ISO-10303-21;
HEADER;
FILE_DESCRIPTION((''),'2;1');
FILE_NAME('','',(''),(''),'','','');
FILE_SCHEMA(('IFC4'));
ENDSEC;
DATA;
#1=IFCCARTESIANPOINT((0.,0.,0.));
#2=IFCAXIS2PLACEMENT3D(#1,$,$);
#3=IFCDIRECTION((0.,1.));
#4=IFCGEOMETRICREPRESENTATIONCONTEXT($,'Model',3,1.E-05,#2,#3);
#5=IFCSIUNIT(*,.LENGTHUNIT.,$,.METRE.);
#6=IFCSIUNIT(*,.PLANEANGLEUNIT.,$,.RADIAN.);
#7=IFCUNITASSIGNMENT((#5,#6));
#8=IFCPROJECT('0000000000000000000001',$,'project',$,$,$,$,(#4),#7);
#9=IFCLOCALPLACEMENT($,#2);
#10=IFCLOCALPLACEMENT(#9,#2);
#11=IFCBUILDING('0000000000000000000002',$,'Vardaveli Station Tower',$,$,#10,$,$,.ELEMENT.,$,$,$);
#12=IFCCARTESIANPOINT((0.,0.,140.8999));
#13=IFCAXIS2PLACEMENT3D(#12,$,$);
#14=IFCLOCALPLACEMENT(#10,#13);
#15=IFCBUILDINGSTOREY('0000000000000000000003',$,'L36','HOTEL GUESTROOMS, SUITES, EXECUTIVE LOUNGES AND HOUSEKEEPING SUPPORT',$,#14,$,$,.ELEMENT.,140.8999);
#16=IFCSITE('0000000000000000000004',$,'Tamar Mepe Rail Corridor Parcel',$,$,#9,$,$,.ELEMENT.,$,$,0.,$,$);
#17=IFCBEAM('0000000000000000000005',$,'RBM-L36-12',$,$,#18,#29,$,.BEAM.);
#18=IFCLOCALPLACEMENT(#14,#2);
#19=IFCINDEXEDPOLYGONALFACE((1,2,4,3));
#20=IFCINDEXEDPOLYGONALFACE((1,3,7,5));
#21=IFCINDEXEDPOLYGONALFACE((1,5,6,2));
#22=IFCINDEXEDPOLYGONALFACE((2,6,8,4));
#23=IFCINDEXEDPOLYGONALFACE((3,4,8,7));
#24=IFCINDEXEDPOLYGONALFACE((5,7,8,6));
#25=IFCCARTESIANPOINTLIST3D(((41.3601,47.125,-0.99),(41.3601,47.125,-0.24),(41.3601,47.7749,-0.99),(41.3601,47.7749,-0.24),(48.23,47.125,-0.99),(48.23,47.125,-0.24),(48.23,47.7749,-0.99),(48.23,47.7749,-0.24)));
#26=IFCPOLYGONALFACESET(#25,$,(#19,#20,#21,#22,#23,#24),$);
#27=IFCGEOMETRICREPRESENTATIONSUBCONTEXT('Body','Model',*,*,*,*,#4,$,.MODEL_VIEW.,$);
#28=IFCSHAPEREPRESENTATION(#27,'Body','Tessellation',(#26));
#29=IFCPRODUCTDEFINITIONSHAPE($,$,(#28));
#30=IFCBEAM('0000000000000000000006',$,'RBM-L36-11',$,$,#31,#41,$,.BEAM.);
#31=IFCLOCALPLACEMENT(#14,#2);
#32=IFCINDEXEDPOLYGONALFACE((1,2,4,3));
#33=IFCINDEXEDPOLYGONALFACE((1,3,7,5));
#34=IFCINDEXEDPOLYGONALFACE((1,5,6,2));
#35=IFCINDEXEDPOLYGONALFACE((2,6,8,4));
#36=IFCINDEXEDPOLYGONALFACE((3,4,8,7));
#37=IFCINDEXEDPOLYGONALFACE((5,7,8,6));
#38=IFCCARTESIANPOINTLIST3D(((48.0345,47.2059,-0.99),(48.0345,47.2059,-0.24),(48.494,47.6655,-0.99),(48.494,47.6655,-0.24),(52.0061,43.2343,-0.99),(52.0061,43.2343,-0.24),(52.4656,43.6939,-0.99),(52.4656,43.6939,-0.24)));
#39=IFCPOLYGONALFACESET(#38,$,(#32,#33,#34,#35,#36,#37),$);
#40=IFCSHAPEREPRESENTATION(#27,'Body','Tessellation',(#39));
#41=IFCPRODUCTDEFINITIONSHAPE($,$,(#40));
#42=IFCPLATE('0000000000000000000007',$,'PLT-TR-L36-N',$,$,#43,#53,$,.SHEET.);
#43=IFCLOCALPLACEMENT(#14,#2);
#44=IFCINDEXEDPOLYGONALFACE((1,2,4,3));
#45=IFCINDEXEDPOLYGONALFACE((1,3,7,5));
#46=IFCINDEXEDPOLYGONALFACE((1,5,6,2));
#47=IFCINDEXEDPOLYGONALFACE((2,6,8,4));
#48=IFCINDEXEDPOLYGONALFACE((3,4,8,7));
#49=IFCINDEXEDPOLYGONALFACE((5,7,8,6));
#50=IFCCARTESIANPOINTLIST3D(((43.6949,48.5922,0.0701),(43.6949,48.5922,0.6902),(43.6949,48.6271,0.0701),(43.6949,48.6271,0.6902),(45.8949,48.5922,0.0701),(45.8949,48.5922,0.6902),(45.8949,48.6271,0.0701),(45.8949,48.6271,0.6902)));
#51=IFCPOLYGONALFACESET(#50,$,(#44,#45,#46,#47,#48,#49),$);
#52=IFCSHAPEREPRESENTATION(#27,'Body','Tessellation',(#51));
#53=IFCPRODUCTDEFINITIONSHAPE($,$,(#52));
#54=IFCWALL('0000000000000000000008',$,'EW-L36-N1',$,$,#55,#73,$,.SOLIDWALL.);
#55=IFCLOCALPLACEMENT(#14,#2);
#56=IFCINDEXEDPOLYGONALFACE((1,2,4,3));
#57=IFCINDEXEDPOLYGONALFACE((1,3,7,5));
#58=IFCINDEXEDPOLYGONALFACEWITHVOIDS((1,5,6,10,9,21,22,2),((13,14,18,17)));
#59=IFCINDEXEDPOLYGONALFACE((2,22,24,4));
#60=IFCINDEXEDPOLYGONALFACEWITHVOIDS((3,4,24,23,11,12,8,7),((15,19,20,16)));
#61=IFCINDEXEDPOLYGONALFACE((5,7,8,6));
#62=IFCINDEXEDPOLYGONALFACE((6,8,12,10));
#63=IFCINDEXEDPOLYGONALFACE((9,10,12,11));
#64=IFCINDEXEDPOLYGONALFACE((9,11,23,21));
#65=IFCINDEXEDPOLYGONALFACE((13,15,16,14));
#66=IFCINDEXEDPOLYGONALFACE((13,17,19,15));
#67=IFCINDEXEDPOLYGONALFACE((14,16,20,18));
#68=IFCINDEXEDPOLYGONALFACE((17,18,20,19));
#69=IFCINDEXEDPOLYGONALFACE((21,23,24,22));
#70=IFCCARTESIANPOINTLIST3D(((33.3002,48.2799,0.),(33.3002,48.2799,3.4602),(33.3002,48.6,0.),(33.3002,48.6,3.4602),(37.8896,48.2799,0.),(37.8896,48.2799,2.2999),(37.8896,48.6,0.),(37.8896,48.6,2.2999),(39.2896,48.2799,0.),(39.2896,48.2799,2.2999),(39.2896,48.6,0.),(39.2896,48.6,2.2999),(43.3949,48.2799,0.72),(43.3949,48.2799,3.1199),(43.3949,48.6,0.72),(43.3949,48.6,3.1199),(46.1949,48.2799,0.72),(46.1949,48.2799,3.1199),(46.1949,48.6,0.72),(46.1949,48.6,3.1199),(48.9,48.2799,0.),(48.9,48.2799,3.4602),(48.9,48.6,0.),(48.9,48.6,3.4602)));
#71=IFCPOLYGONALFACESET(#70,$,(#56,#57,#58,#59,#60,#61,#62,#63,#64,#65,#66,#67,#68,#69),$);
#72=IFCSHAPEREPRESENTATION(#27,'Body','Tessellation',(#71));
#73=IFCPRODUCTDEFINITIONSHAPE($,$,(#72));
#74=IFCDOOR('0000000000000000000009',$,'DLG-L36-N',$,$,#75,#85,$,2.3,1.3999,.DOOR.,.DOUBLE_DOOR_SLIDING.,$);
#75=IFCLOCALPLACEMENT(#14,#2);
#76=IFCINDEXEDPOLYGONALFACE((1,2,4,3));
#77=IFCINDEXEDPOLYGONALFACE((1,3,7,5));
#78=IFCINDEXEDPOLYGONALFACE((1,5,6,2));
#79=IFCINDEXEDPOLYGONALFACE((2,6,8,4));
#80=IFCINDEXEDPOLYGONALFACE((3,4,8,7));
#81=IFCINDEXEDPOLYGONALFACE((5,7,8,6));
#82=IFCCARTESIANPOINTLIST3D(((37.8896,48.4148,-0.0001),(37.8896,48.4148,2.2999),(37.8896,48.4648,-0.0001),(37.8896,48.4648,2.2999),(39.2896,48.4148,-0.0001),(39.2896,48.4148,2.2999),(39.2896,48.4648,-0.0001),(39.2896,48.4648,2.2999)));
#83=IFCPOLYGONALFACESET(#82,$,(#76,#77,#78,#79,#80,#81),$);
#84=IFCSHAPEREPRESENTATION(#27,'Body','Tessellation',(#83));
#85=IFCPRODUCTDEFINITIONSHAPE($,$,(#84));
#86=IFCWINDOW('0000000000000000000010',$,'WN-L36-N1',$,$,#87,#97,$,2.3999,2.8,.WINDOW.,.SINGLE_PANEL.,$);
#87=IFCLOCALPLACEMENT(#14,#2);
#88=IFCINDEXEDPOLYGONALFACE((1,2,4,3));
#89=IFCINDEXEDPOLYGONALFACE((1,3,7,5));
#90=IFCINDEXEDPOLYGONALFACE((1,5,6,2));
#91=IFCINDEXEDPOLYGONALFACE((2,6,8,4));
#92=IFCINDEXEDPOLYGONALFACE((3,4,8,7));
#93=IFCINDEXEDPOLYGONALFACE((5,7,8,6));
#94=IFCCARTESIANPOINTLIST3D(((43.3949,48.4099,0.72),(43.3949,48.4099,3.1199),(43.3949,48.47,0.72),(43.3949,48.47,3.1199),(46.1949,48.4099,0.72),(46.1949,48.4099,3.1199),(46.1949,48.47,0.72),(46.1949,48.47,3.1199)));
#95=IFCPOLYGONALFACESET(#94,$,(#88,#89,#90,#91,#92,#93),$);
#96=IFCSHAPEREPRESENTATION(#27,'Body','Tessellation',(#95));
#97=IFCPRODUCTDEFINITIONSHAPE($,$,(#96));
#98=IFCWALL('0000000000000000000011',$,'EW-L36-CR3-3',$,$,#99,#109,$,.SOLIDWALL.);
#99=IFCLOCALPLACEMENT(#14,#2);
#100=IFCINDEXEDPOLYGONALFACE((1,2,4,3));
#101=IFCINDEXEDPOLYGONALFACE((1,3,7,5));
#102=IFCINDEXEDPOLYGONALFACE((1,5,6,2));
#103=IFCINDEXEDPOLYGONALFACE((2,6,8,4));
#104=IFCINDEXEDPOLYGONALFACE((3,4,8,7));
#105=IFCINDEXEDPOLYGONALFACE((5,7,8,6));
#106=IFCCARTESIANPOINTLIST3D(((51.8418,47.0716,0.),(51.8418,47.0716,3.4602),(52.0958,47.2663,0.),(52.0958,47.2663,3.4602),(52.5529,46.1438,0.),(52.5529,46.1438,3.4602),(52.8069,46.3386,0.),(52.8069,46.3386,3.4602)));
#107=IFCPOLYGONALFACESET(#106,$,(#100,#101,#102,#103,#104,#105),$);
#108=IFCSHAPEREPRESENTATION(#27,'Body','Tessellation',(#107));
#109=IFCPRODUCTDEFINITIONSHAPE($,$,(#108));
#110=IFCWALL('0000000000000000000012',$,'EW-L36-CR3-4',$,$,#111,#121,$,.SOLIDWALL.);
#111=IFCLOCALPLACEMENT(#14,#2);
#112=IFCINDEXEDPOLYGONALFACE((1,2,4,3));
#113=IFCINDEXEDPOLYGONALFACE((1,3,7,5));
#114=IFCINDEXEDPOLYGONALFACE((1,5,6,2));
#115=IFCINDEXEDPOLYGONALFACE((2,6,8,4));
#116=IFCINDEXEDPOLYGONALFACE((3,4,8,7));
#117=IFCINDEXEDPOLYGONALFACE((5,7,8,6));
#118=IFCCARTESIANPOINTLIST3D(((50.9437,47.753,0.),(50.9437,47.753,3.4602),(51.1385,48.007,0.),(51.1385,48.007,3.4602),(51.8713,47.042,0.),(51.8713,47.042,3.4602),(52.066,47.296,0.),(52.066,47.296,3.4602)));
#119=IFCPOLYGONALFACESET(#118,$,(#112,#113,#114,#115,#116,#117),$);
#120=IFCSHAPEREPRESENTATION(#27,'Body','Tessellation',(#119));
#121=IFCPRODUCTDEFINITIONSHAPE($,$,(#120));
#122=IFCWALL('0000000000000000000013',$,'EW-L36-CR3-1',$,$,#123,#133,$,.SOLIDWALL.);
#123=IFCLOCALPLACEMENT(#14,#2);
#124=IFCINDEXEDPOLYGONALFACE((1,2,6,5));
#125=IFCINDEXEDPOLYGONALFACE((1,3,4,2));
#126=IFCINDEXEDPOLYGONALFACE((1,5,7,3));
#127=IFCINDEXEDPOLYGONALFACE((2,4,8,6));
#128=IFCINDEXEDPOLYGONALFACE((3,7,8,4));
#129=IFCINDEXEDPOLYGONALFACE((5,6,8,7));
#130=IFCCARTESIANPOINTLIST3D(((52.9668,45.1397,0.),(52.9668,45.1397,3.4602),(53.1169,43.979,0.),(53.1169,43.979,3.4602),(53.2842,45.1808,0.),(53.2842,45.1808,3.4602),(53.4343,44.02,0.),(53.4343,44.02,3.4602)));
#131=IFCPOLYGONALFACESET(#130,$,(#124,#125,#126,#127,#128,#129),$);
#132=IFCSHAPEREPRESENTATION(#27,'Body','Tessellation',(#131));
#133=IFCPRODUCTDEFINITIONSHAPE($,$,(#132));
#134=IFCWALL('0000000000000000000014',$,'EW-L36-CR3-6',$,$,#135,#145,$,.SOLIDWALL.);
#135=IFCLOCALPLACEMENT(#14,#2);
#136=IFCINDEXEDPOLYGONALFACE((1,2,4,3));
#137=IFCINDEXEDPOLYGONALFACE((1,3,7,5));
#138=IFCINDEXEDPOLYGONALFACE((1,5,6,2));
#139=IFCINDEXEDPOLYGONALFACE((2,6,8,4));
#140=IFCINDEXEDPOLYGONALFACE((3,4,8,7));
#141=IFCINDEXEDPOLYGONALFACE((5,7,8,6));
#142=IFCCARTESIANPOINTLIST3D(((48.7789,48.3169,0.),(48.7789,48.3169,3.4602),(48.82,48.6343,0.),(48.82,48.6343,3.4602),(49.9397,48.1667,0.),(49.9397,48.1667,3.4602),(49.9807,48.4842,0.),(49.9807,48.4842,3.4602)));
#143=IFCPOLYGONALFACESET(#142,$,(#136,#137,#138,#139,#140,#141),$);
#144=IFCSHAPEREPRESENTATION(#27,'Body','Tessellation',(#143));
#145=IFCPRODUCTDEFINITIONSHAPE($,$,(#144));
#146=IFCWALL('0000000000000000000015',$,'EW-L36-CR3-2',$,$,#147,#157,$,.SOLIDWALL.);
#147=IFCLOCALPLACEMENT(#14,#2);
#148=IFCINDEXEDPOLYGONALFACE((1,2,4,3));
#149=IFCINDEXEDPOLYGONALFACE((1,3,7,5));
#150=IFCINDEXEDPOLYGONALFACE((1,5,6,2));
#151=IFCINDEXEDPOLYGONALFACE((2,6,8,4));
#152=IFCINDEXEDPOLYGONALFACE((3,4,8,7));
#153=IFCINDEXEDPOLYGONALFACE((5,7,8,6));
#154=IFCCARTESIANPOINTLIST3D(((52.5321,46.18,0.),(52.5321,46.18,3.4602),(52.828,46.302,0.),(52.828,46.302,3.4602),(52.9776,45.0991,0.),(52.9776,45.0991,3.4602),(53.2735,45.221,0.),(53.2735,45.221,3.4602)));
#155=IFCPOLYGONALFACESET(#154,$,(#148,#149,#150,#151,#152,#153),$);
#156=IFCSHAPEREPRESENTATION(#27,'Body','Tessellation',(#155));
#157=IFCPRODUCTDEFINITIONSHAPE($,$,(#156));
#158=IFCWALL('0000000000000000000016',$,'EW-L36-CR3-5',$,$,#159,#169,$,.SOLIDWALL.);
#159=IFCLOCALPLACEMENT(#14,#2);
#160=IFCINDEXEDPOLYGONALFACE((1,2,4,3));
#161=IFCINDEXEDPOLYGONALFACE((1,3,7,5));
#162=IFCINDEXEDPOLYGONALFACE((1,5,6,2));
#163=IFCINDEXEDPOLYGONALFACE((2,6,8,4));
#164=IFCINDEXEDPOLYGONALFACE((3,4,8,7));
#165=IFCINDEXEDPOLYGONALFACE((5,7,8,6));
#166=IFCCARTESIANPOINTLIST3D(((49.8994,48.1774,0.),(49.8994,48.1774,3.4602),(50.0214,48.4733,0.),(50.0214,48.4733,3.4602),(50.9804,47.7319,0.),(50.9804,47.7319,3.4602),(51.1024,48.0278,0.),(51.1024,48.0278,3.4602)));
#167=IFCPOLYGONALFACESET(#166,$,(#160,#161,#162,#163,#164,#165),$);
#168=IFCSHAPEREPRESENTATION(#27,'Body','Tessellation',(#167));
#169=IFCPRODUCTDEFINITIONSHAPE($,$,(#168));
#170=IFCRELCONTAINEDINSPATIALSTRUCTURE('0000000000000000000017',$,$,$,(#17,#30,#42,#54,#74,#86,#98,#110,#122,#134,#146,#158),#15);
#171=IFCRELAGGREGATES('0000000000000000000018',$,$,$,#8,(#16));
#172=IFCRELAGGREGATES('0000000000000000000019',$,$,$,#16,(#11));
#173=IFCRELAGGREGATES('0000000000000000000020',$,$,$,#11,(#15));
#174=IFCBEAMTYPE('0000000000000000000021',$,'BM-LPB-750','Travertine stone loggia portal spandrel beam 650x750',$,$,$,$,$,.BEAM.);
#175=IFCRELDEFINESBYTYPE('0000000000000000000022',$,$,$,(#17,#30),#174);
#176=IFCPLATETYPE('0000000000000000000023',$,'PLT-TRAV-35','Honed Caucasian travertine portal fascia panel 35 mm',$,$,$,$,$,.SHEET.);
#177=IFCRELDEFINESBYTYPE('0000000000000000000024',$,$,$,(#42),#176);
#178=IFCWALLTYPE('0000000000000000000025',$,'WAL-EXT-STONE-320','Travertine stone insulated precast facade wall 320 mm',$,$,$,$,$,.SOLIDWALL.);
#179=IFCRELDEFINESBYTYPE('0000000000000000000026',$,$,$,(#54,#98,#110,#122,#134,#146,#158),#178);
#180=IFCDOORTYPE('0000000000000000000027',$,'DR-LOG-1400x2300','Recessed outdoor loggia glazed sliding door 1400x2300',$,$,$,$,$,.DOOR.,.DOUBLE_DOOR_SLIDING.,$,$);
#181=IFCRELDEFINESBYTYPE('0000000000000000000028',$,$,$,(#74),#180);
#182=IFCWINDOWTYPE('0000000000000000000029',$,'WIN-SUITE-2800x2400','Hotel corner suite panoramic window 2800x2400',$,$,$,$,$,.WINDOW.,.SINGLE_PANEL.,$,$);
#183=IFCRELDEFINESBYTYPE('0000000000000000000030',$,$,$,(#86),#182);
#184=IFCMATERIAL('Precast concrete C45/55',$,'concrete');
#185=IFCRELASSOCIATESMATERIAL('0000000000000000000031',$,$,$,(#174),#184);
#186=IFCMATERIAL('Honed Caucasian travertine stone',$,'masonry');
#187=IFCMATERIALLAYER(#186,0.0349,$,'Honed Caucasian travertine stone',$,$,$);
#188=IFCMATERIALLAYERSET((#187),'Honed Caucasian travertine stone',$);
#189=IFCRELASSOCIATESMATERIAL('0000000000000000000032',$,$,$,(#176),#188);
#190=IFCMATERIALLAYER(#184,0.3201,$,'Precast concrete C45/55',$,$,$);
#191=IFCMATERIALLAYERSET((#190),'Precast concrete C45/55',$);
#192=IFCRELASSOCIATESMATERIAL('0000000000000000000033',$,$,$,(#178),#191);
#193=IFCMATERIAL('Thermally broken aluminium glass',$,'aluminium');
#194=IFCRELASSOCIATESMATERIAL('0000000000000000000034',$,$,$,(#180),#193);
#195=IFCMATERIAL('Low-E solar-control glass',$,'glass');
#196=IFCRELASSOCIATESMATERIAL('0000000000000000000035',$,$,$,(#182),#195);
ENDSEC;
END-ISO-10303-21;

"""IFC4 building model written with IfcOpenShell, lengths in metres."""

from ifc_helpers import new_model, si_unit, direction, frame, frame_2d, origin, origin_2d, place, context, subcontext, project, spatial, rectangle, extrude, source, transform, mapped, material, layer, layer_set, material_profile, profile_set, type_object, element, fill, save


model = new_model("IFC4")

# Units and contexts
model_context = context("Model", 3, precision=1e-05, world=origin(), true_north=direction((0.0, 1.0)))
body_context = subcontext(model_context, "Body", "Model", "MODEL_VIEW")
ifc_project = project(units=[si_unit("LENGTHUNIT", "METRE"), si_unit("PLANEANGLEUNIT", "RADIAN")], contexts=[model_context])

# Site, building, storey
site_placement = place(None, origin())
site = spatial("IfcSite", under=ifc_project, at=site_placement, Name="Tamar Mepe Rail Corridor Parcel", CompositionType="ELEMENT", RefElevation=0.0)
building_placement = place(site_placement, origin())
building = spatial("IfcBuilding", under=site, at=building_placement, Name="Vardaveli Station Tower", CompositionType="ELEMENT")
storey_placement = place(building_placement, frame((0.0, 0.0, 140.8999)))
storey = spatial("IfcBuildingStorey", under=building, at=storey_placement, Name="L36", Description="HOTEL GUESTROOMS, SUITES, EXECUTIVE LOUNGES AND HOUSEKEEPING SUPPORT", CompositionType="ELEMENT", Elevation=140.8999)

# Beams
ifc_material_1 = material(Name="Precast concrete C45/55", Category="concrete")
ifc_material_profile_1 = material_profile(ifc_material_1, rectangle(XDim=0.6499, YDim=0.75, at=origin_2d()), Name="LPB 650x750")
ifc_profile_set_1 = profile_set([ifc_material_profile_1], Name="Precast concrete C45/55")
beam_type = type_object("IfcBeamType", Name="BM-LPB-750", Description="Travertine stone loggia portal spandrel beam 650x750", PredefinedType="BEAM", material=ifc_profile_set_1)
shared_shape_1 = source(origin(), body_context, "Body", "SweptSolid", [
    extrude(rectangle(XDim=0.6499, YDim=0.75, at=origin_2d()), origin(), (0.0, 0.0, 1.0), 6.8699),
])
for number, where, z_axis, x_axis, name in (
    (1, (48.23, 47.45, -0.615), (-1.0, 0.0, 0.0), (0.0, -1.0, 0.0), "RBM-L36-12"),
):
    element("IfcBeam", number, at=place(storey_placement, frame(where, z_axis=z_axis, x_axis=x_axis)), inside=storey, type_object=beam_type, Name=name, PredefinedType="BEAM", context=body_context, shape_type="MappedRepresentation", body=[
        mapped(shared_shape_1, transform((0.0, 0.0, 0.0), scale=1.0)),
    ])
shared_shape_2 = source(origin(), body_context, "Body", "SweptSolid", [
    extrude(rectangle(XDim=0.6499, YDim=0.75, at=origin_2d()), origin(), (0.0, 0.0, 1.0), 5.6167),
])
beam_placement = place(storey_placement, frame((52.2358, 43.4641, -0.615), z_axis=(-0.707107, 0.707107, 0.0), x_axis=(-0.707107, -0.707107, 0.0)))
element("IfcBeam", 2, at=beam_placement, inside=storey, type_object=beam_type, Name="RBM-L36-11", PredefinedType="BEAM", context=body_context, shape_type="MappedRepresentation", body=[
    mapped(shared_shape_2, transform((0.0, 0.0, 0.0), scale=1.0)),
])

# Plate
ifc_material_2 = material(Name="Honed Caucasian travertine stone", Category="masonry")
ifc_layer_1 = layer(ifc_material_2, 0.0349, Name="Honed Caucasian travertine stone")
ifc_layer_set_1 = layer_set([ifc_layer_1], Name="Honed Caucasian travertine stone")
plate_type = type_object("IfcPlateType", Name="PLT-TRAV-35", Description="Honed Caucasian travertine portal fascia panel 35 mm", PredefinedType="SHEET", material=ifc_layer_set_1)
shared_shape_3 = source(origin(), body_context, "Body", "SweptSolid", [
    extrude(rectangle(XDim=2.2, YDim=0.0349, at=origin_2d()), origin(), (0.0, 0.0, 1.0), 0.6201),
])
plate_placement = place(storey_placement, frame((44.7949, 48.6096, 0.0701), z_axis=(0.0, 0.0, 1.0), x_axis=(1.0, 0.0, 0.0)))
element("IfcPlate", 3, at=plate_placement, inside=storey, type_object=plate_type, Name="PLT-TR-L36-N", PredefinedType="SHEET", context=body_context, shape_type="MappedRepresentation", body=[
    mapped(shared_shape_3, transform((0.0, 0.0, 0.0), scale=1.0)),
])

# Wall, openings, door, window
ifc_layer_2 = layer(ifc_material_1, 0.3201, Name="Precast concrete C45/55")
ifc_layer_set_2 = layer_set([ifc_layer_2], Name="Precast concrete C45/55")
wall_type_1 = type_object("IfcWallType", Name="WAL-EXT-STONE-320", Description="Travertine stone insulated precast facade wall 320 mm", PredefinedType="SOLIDWALL", material=ifc_layer_set_2)
shared_shape_4 = source(origin(), body_context, "Body", "SweptSolid", [
    extrude(rectangle(XDim=15.5999, YDim=0.3201, at=frame_2d((7.7998, 0.0))), origin(), (0.0, 0.0, 1.0), 3.4602),
])
wall_1_placement = place(storey_placement, frame((48.8999, 48.4399, 0.0), z_axis=(0.0, 0.0, 1.0), x_axis=(-1.0, 0.0, 0.0)))
wall_1 = element("IfcWall", 4, at=wall_1_placement, inside=storey, type_object=wall_type_1, Name="EW-L36-N1", PredefinedType="SOLIDWALL", context=body_context, shape_type="MappedRepresentation", body=[
    mapped(shared_shape_4, transform((0.0, 0.0, 0.0), scale=1.0)),
])
shared_shape_5 = source(origin(), body_context, "Body", "SweptSolid", [
    extrude(rectangle(XDim=1.3999, YDim=2.3, at=frame_2d((0.7, 1.1499))), frame((0.0, 0.1699, 0.0), z_axis=(0.0, -1.0, 0.0), x_axis=(1.0, 0.0, 0.0)), (0.0, 0.0, 1.0), 0.3401),
])
opening_1_placement = place(wall_1_placement, frame((9.6104, 0.0, 0.0)))
opening_1 = element("IfcOpeningElement", 5, at=opening_1_placement, cuts=wall_1, PredefinedType="OPENING", context=body_context, shape_type="MappedRepresentation", body=[
    mapped(shared_shape_5, transform((0.0, 0.0, 0.0), scale=1.0)),
])
shared_shape_6 = source(origin(), body_context, "Body", "SweptSolid", [
    extrude(rectangle(XDim=2.8, YDim=2.3999, at=frame_2d((1.3999, 1.2))), frame((0.0, 0.1699, 0.0), z_axis=(0.0, -1.0, 0.0), x_axis=(1.0, 0.0, 0.0)), (0.0, 0.0, 1.0), 0.3401),
])
opening_2_placement = place(wall_1_placement, frame((2.7051, 0.0, 0.72)))
opening_2 = element("IfcOpeningElement", 6, at=opening_2_placement, cuts=wall_1, PredefinedType="OPENING", context=body_context, shape_type="MappedRepresentation", body=[
    mapped(shared_shape_6, transform((0.0, 0.0, 0.0), scale=1.0)),
])
ifc_material_3 = material(Name="Thermally broken aluminium glass", Category="aluminium")
door_type = type_object("IfcDoorType", Name="DR-LOG-1400x2300", Description="Recessed outdoor loggia glazed sliding door 1400x2300", OperationType="DOUBLE_DOOR_SLIDING", PredefinedType="DOOR", material=ifc_material_3)
shared_shape_7 = source(origin(), body_context, "Body", "SweptSolid", [
    extrude(rectangle(XDim=1.3999, YDim=2.3, at=frame_2d((0.7, 1.1499))), frame((0.0, 0.0249, 0.0), z_axis=(0.0, -1.0, 0.0), x_axis=(1.0, 0.0, 0.0)), (0.0, 0.0, 1.0), 0.05),
])
door_placement = place(opening_1_placement, frame((1.3999, 0.0, 0.0), z_axis=(0.0, 0.0, 1.0), x_axis=(-1.0, 0.0, 0.0)))
door = element("IfcDoor", 7, at=door_placement, inside=storey, type_object=door_type, Name="DLG-L36-N", OperationType="DOUBLE_DOOR_SLIDING", OverallHeight=2.3, OverallWidth=1.3999, PredefinedType="DOOR", context=body_context, shape_type="MappedRepresentation", body=[
    mapped(shared_shape_7, transform((0.0, 0.0, 0.0), scale=1.0)),
])
fill(opening_1, door)
ifc_material_4 = material(Name="Low-E solar-control glass", Category="glass")
window_type = type_object("IfcWindowType", Name="WIN-SUITE-2800x2400", Description="Hotel corner suite panoramic window 2800x2400", PartitioningType="SINGLE_PANEL", PredefinedType="WINDOW", material=ifc_material_4)
shared_shape_8 = source(origin(), body_context, "Body", "SweptSolid", [
    extrude(rectangle(XDim=2.8, YDim=2.3999, at=frame_2d((1.3999, 1.2))), frame((0.0, 0.03, 0.0), z_axis=(0.0, -1.0, 0.0), x_axis=(1.0, 0.0, 0.0)), (0.0, 0.0, 1.0), 0.0601),
])
window_placement = place(opening_2_placement, origin())
window = element("IfcWindow", 8, at=window_placement, inside=storey, type_object=window_type, Name="WN-L36-N1", OverallHeight=2.3999, OverallWidth=2.8, PartitioningType="SINGLE_PANEL", PredefinedType="WINDOW", context=body_context, shape_type="MappedRepresentation", body=[
    mapped(shared_shape_8, transform((0.0, 0.0, 0.0), scale=1.0)),
])
fill(opening_2, window)

# Walls
shared_shape_9 = source(origin(), body_context, "Body", "SweptSolid", [
    extrude(rectangle(XDim=1.1689, YDim=0.3201, at=frame_2d((0.5845, 0.0))), origin(), (0.0, 0.0, 1.0), 3.4602),
])
wall_2_placement = place(storey_placement, frame((52.6799, 46.2412, 0.0), z_axis=(0.0, 0.0, 1.0), x_axis=(-0.608388, 0.79364, 0.0)))
element("IfcWall", 9, at=wall_2_placement, inside=storey, type_object=wall_type_1, Name="EW-L36-CR3-3", PredefinedType="SOLIDWALL", context=body_context, shape_type="MappedRepresentation", body=[
    mapped(shared_shape_9, transform((0.0, 0.0, 0.0), scale=1.0)),
])
shared_shape_10 = source(origin(), body_context, "Body", "SweptSolid", [
    extrude(rectangle(XDim=1.1687, YDim=0.3201, at=frame_2d((0.5845, 0.0))), origin(), (0.0, 0.0, 1.0), 3.4602),
])
wall_3_placement = place(storey_placement, frame((51.9688, 47.1689, 0.0), z_axis=(0.0, 0.0, 1.0), x_axis=(-0.793664, 0.608357, 0.0)))
element("IfcWall", 10, at=wall_3_placement, inside=storey, type_object=wall_type_1, Name="EW-L36-CR3-4", PredefinedType="SOLIDWALL", context=body_context, shape_type="MappedRepresentation", body=[
    mapped(shared_shape_10, transform((0.0, 0.0, 0.0), scale=1.0)),
])
shared_shape_11 = source(origin(), body_context, "Body", "SweptSolid", [
    extrude(rectangle(XDim=1.1704, YDim=0.3201, at=frame_2d((0.5852, 0.0))), origin(), (0.0, 0.0, 1.0), 3.4602),
])
for number, where, z_axis, x_axis, name in (
    (11, (53.2756, 43.9995, 0.0), (0.0, 0.0, 1.0), (-0.128296, 0.991736, 0.0), "EW-L36-CR3-1"),
    (12, (49.9602, 48.3254, 0.0), (0.0, 0.0, 1.0), (-0.991736, 0.128296, 0.0), "EW-L36-CR3-6"),
):
    element("IfcWall", number, at=place(storey_placement, frame(where, z_axis=z_axis, x_axis=x_axis)), inside=storey, type_object=wall_type_1, Name=name, PredefinedType="SOLIDWALL", context=body_context, shape_type="MappedRepresentation", body=[
        mapped(shared_shape_11, transform((0.0, 0.0, 0.0), scale=1.0)),
    ])
shared_shape_12 = source(origin(), body_context, "Body", "SweptSolid", [
    extrude(rectangle(XDim=1.1692, YDim=0.3201, at=frame_2d((0.5845, 0.0))), origin(), (0.0, 0.0, 1.0), 3.4602),
])
for number, where, z_axis, x_axis, name in (
    (13, (53.1255, 45.1602, 0.0), (0.0, 0.0, 1.0), (-0.381054, 0.924553, 0.0), "EW-L36-CR3-2"),
    (14, (51.0413, 47.8799, 0.0), (0.0, 0.0, 1.0), (-0.924553, 0.381054, 0.0), "EW-L36-CR3-5"),
):
    element("IfcWall", number, at=place(storey_placement, frame(where, z_axis=z_axis, x_axis=x_axis)), inside=storey, type_object=wall_type_1, Name=name, PredefinedType="SOLIDWALL", context=body_context, shape_type="MappedRepresentation", body=[
        mapped(shared_shape_12, transform((0.0, 0.0, 0.0), scale=1.0)),
    ])

save(model, "model.ifc")
